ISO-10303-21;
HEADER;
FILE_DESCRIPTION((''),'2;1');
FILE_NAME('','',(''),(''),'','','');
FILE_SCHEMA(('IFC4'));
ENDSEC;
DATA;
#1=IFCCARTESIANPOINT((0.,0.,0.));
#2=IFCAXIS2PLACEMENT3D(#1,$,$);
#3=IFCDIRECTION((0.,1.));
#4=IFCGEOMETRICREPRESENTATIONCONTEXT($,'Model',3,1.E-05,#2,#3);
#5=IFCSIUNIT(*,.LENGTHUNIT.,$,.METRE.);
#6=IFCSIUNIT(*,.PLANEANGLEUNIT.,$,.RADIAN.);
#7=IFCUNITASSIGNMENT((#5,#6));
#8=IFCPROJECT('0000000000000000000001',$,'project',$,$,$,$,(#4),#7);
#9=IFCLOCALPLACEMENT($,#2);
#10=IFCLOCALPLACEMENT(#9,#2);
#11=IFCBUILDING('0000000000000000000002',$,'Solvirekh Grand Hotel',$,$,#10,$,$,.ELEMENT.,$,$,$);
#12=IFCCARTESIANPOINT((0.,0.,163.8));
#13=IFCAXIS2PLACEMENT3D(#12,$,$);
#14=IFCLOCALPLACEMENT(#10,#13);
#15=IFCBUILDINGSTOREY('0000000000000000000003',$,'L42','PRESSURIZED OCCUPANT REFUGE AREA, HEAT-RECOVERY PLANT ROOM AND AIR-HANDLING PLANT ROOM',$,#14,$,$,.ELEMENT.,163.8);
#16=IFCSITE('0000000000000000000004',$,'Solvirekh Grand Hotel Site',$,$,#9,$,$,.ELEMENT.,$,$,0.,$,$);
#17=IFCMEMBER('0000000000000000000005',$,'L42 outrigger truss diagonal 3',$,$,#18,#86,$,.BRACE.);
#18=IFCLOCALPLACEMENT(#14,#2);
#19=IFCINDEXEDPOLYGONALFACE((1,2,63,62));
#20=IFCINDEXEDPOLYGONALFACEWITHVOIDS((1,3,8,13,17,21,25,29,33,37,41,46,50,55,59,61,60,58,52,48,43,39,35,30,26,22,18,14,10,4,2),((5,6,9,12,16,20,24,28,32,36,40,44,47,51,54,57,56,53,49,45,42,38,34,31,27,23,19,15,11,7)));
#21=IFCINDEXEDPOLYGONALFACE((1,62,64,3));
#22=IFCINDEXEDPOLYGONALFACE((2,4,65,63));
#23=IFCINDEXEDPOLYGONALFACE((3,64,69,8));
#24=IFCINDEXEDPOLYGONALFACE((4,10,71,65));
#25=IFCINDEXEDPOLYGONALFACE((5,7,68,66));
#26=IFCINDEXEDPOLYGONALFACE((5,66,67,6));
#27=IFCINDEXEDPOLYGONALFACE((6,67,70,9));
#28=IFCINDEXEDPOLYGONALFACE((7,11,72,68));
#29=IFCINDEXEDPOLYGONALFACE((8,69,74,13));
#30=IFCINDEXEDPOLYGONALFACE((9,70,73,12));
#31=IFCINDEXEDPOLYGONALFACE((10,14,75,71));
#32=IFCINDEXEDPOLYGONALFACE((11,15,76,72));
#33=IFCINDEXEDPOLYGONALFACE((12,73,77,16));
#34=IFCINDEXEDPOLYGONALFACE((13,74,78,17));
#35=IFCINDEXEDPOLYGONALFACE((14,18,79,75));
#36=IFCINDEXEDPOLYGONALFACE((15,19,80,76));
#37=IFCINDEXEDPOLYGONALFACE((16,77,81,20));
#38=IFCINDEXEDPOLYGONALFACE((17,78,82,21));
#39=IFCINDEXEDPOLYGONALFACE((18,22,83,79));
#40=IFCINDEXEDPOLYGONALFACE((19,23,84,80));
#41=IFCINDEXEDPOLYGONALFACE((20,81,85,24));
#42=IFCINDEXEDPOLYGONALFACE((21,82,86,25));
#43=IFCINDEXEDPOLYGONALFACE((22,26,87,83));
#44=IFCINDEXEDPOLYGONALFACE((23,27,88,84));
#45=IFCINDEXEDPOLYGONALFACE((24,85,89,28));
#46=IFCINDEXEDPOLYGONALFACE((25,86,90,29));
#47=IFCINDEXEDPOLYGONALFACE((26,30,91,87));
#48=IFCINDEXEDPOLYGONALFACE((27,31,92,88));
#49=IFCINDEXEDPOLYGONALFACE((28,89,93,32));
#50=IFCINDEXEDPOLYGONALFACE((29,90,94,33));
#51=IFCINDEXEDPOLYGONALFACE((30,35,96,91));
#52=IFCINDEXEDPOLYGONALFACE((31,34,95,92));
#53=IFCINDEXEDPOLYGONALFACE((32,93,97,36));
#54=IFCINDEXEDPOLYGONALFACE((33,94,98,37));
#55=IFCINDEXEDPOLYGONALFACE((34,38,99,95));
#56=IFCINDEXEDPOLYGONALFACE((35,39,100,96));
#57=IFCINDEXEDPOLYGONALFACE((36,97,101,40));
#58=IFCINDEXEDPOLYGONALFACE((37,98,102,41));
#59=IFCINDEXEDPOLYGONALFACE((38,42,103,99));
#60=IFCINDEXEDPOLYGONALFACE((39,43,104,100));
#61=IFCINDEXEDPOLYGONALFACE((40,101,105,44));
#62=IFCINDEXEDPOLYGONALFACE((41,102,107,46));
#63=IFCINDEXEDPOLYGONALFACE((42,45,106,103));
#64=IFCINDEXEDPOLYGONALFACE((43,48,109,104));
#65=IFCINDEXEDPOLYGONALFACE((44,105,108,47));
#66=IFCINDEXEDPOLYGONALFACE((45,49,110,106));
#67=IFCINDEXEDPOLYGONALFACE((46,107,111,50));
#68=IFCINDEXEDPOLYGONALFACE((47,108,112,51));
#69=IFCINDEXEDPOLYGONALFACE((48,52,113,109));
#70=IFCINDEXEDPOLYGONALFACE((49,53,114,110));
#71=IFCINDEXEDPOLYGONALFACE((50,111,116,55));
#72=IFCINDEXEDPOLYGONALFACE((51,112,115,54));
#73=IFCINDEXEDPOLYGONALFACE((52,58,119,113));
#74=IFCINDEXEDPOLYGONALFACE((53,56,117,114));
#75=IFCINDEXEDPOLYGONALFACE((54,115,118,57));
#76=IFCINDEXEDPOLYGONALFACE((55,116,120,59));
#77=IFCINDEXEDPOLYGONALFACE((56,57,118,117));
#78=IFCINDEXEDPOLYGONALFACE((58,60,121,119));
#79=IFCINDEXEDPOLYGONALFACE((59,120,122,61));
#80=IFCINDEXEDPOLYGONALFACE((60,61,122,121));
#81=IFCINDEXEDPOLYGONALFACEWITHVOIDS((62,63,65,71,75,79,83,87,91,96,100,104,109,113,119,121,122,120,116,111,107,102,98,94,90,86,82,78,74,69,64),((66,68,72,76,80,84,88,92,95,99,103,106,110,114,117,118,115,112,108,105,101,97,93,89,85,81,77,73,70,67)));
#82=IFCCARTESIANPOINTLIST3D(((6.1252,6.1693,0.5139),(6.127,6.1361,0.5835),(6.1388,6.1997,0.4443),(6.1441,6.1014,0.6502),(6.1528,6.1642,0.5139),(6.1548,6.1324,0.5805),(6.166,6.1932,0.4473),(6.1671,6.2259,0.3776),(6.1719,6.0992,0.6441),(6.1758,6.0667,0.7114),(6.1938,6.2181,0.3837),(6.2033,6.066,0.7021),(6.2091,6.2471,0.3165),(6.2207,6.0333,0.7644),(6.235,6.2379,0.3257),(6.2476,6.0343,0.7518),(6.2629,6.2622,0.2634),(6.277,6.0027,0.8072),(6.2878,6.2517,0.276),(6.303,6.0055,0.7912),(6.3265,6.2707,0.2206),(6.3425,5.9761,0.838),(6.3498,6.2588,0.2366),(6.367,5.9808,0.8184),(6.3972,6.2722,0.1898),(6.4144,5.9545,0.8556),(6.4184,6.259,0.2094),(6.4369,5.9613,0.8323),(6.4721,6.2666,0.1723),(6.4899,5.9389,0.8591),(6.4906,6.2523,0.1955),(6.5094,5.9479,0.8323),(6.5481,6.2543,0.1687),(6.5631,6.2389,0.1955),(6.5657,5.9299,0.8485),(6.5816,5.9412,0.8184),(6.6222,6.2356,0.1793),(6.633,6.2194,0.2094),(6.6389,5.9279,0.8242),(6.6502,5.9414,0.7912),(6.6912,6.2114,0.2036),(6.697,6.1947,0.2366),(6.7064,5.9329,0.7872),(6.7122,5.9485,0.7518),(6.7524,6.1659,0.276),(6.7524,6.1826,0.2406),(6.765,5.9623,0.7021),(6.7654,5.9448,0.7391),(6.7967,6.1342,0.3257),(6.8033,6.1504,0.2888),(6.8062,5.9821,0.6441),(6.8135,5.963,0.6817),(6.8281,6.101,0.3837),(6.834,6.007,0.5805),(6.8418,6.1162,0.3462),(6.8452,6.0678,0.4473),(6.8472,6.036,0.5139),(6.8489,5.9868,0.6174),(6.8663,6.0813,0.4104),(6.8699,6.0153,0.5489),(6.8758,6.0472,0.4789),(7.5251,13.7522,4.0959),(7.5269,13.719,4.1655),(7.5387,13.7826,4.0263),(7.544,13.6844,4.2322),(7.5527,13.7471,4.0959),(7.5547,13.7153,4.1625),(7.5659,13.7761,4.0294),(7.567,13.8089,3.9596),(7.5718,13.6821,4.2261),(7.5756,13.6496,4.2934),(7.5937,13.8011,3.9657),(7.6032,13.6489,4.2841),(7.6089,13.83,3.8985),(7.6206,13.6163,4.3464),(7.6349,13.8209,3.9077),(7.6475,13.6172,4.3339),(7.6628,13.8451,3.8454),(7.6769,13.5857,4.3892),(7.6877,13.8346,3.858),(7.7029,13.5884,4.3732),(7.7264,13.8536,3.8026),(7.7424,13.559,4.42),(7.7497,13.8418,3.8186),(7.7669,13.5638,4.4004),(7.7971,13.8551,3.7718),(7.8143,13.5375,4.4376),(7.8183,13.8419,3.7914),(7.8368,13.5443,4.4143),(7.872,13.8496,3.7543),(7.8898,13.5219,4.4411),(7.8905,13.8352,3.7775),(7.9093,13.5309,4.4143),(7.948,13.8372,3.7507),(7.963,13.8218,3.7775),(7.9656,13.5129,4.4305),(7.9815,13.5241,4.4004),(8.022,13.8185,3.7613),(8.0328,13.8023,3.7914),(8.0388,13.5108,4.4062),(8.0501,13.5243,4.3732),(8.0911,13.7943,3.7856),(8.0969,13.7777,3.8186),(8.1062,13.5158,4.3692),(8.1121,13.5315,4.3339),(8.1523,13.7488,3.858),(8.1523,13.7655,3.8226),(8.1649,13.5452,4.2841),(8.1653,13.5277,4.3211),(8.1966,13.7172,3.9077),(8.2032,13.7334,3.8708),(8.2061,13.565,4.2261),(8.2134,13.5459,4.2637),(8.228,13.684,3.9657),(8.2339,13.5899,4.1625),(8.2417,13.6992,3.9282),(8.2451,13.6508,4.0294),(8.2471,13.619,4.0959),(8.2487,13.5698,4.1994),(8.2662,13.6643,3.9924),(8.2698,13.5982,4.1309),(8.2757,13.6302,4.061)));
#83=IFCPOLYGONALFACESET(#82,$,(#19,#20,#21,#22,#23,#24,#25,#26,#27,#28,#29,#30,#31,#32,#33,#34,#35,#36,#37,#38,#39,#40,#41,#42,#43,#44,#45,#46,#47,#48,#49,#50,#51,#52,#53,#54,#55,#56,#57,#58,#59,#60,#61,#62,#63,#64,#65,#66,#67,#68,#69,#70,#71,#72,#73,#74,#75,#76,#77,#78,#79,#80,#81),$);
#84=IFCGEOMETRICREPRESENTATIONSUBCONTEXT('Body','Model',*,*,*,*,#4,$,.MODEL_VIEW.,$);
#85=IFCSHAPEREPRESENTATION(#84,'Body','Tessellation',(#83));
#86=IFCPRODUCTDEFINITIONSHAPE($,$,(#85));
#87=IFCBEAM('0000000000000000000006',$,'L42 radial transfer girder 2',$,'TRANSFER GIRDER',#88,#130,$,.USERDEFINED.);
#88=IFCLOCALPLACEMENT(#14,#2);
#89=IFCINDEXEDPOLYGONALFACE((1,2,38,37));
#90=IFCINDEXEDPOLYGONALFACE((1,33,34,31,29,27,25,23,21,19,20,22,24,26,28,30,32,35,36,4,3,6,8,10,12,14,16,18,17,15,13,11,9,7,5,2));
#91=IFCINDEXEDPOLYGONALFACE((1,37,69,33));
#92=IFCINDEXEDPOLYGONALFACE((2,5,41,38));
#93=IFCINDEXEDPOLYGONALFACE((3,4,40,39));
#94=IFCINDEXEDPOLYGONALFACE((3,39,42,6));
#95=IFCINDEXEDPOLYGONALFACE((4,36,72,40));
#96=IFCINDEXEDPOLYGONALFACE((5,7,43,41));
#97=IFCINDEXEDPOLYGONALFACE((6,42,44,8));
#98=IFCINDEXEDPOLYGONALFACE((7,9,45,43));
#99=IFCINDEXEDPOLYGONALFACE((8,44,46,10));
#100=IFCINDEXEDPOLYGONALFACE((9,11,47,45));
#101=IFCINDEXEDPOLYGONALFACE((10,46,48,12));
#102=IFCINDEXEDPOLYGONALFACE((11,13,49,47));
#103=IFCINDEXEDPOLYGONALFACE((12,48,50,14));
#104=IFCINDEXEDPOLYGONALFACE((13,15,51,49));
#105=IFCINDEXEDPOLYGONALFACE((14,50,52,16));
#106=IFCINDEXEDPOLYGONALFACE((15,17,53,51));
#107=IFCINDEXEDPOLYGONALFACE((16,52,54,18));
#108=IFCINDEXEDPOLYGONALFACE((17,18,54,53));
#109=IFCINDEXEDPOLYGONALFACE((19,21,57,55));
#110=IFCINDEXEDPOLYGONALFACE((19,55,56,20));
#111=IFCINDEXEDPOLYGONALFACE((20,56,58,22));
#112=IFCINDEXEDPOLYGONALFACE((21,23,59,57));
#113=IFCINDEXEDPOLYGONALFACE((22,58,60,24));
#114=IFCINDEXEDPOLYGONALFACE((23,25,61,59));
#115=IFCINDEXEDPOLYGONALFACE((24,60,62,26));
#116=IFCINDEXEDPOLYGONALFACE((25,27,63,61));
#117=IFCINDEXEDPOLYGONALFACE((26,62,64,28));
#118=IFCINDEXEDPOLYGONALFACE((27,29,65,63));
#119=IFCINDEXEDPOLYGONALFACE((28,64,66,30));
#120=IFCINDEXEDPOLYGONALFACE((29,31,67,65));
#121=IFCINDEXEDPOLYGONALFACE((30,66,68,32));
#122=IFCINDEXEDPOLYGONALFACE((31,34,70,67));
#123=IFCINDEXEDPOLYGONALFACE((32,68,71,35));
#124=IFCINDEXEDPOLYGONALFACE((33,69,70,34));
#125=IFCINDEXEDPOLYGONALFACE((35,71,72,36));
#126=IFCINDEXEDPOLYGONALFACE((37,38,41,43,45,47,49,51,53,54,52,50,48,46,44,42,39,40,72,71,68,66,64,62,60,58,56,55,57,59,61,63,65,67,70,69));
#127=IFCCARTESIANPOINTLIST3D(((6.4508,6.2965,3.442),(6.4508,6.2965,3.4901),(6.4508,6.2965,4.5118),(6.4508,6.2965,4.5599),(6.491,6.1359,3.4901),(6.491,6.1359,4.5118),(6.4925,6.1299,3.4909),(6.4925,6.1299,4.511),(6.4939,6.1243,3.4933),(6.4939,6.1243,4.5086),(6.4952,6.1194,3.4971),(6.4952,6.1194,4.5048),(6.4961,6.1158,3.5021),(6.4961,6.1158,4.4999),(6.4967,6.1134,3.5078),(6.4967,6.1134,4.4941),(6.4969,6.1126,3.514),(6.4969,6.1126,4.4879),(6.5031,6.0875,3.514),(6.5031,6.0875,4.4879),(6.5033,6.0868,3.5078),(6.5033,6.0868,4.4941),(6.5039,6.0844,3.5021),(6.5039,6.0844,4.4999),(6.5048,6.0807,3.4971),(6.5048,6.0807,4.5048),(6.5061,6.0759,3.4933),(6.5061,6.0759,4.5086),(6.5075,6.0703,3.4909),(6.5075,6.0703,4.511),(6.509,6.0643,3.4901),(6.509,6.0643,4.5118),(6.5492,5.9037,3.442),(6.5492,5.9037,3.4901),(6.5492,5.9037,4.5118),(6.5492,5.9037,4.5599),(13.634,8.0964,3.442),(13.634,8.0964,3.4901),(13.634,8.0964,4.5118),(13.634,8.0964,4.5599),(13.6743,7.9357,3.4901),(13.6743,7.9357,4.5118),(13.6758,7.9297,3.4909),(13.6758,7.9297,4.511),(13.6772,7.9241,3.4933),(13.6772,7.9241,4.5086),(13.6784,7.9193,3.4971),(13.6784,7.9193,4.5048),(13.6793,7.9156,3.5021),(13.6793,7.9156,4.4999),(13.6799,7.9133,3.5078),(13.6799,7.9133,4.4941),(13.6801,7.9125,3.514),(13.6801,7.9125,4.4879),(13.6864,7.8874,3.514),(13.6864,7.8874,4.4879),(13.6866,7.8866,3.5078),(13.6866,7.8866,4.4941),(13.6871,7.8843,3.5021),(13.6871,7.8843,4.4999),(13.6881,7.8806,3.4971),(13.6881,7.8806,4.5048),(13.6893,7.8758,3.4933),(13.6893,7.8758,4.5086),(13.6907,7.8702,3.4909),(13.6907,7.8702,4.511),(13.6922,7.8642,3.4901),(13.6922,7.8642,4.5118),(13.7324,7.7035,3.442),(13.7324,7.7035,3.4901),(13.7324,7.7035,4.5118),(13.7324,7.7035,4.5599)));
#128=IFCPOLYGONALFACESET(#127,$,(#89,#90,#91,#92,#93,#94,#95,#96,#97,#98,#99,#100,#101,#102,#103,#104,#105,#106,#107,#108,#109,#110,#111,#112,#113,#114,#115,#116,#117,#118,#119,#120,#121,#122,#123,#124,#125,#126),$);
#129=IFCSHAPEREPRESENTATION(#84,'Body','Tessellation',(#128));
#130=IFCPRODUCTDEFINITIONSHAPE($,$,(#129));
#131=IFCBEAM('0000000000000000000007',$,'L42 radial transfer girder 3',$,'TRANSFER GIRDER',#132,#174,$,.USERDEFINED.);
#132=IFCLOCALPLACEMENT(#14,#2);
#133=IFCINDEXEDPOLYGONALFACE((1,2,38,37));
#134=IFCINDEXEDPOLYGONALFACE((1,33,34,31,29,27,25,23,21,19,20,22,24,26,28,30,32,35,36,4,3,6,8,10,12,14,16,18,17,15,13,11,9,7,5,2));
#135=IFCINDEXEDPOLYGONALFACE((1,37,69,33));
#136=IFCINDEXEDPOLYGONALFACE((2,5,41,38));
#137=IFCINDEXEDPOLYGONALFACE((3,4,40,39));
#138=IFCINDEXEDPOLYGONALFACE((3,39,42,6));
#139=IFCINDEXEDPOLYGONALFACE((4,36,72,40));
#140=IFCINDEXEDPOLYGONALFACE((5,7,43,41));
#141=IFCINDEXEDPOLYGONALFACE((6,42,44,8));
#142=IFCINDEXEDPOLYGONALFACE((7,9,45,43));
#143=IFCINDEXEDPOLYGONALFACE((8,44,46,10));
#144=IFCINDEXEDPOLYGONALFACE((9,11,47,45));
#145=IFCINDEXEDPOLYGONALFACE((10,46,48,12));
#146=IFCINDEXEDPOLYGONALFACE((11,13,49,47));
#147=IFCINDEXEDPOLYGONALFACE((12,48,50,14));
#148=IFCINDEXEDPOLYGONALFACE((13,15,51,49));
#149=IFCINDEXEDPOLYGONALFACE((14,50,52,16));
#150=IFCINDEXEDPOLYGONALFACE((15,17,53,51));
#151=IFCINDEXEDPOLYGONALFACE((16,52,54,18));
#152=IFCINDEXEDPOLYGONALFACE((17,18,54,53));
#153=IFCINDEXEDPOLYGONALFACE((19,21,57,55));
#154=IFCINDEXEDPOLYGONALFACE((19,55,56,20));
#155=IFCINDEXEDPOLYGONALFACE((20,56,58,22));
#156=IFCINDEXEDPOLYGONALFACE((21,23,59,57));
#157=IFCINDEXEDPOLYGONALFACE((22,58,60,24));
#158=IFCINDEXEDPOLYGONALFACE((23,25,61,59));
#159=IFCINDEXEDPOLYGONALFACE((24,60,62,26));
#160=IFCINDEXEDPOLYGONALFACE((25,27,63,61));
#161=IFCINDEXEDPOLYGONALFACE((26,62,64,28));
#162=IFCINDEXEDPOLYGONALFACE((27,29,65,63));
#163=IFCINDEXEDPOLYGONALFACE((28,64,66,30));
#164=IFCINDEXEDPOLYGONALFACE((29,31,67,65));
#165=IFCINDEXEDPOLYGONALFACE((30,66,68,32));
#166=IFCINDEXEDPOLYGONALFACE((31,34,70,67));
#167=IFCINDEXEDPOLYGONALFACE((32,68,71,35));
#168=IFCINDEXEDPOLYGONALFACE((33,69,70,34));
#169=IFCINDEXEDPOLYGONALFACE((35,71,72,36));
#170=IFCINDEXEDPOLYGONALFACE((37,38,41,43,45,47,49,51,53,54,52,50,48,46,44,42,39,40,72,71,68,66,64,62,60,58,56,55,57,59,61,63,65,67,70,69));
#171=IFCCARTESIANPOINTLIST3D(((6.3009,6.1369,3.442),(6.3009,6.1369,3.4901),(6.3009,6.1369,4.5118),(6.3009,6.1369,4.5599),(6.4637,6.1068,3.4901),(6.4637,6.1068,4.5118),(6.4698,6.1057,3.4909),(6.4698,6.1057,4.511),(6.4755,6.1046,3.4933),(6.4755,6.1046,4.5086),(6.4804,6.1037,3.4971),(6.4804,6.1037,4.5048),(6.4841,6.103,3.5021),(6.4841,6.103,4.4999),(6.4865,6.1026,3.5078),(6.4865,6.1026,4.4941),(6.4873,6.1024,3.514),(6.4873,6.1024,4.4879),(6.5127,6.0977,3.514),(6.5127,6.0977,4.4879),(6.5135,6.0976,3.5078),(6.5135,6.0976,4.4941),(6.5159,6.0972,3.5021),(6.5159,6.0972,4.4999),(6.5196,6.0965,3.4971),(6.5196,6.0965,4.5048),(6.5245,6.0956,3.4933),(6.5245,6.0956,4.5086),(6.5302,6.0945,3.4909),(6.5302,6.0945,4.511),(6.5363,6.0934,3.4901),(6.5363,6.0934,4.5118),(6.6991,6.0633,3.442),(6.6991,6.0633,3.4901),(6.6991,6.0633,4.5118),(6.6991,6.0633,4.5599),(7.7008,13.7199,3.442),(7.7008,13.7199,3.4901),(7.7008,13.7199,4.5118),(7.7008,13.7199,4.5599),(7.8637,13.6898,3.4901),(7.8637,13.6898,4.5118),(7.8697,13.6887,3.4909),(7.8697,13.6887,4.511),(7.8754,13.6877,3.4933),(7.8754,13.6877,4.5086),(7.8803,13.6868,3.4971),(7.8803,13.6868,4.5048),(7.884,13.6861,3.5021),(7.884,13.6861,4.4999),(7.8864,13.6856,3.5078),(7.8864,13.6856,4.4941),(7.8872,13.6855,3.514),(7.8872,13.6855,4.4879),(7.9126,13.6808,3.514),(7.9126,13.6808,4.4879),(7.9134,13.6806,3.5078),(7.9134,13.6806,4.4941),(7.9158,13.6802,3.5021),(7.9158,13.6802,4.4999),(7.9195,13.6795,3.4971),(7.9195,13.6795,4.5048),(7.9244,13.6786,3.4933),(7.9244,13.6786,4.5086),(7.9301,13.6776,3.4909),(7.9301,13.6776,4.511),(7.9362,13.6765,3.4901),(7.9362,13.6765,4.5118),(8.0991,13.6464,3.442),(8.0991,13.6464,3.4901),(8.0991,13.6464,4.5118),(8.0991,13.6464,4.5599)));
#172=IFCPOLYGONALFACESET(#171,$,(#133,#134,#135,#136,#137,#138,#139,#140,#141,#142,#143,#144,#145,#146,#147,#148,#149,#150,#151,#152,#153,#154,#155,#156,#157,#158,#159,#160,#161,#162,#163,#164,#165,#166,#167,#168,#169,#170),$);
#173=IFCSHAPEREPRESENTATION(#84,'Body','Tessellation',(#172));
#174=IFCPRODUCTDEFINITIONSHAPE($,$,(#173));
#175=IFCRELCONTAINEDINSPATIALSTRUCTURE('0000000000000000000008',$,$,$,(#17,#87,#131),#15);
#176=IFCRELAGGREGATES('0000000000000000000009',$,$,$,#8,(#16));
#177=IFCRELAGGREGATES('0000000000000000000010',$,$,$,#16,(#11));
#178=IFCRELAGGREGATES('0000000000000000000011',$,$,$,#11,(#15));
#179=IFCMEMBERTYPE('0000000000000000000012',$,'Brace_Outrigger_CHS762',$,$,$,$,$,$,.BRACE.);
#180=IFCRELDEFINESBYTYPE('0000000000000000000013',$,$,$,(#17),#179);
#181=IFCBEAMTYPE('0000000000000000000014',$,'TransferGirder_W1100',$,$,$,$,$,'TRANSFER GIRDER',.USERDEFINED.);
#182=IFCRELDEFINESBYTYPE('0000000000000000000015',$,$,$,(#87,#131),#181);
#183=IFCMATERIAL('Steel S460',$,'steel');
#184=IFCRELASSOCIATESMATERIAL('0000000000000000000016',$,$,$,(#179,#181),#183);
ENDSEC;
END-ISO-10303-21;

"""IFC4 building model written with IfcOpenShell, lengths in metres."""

from ifc_helpers import new_model, si_unit, direction, frame, origin, origin_2d, place, context, subcontext, project, spatial, hollow_circle, i_section, extrude, material, material_profile, profile_set, type_object, element, save


model = new_model("IFC4")

# Units and contexts
model_context = context("Model", 3, precision=1e-05, world=origin(), true_north=direction((0.0, 1.0)))
body_context = subcontext(model_context, "Body", "Model", "MODEL_VIEW")
ifc_project = project(units=[si_unit("LENGTHUNIT", "METRE"), si_unit("PLANEANGLEUNIT", "RADIAN")], contexts=[model_context])

# Site, building, storey
site_placement = place(None, origin())
site = spatial("IfcSite", under=ifc_project, at=site_placement, Name="Solvirekh Grand Hotel Site", CompositionType="ELEMENT", RefElevation=0.0)
building_placement = place(site_placement, origin())
building = spatial("IfcBuilding", under=site, at=building_placement, Name="Solvirekh Grand Hotel", CompositionType="ELEMENT")
storey_placement = place(building_placement, frame((0.0, 0.0, 163.8)))
storey = spatial("IfcBuildingStorey", under=building, at=storey_placement, Name="L42", Description="PRESSURIZED OCCUPANT REFUGE AREA, HEAT-RECOVERY PLANT ROOM AND AIR-HANDLING PLANT ROOM", CompositionType="ELEMENT", Elevation=163.8)

# Shared definitions
ifc_material_1 = material(Name="Steel S460", Category="steel")

# Member
ifc_material_profile_1 = material_profile(ifc_material_1, hollow_circle(Radius=0.3811, WallThickness=0.0281, at=origin_2d()), Name="CHS 762X28")
ifc_profile_set_1 = profile_set([ifc_material_profile_1], Name="Steel S460")
member_type = type_object("IfcMemberType", Name="Brace_Outrigger_CHS762", PredefinedType="BRACE", material=ifc_profile_set_1)
member_placement = place(storey_placement, frame((6.5, 6.1001, 0.5139), z_axis=(0.164646, 0.891855, 0.421291), x_axis=(-0.983383, 0.181543, 0.0)))
element("IfcMember", 1, at=member_placement, inside=storey, type_object=member_type, Name="L42 outrigger truss diagonal 3", PredefinedType="BRACE", context=body_context, shape_type="SweptSolid", body=[
    extrude(hollow_circle(Radius=0.3811, WallThickness=0.0281, at=origin_2d()), origin(), (0.0, 0.0, 1.0), 8.5024),
])

# Beams
ifc_material_profile_2 = material_profile(ifc_material_1, i_section(OverallWidth=0.405, OverallDepth=1.1179, WebThickness=0.0259, FlangeThickness=0.0481, FilletRadius=0.0239, at=origin_2d()), Name="W1100X499")
ifc_profile_set_2 = profile_set([ifc_material_profile_2], Name="Steel S460")
beam_type_1 = type_object("IfcBeamType", Name="TransferGirder_W1100", ElementType="TRANSFER GIRDER", PredefinedType="USERDEFINED", material=ifc_profile_set_2)
beam_1_placement = place(storey_placement, frame((6.5, 6.1001, 4.001), z_axis=(0.970014, 0.243048, 0.0), x_axis=(-0.243048, 0.970014, 0.0)))
element("IfcBeam", 2, at=beam_1_placement, inside=storey, type_object=beam_type_1, Name="L42 radial transfer girder 2", ObjectType="TRANSFER GIRDER", PredefinedType="USERDEFINED", context=body_context, shape_type="SweptSolid", body=[
    extrude(i_section(OverallWidth=0.405, OverallDepth=1.1179, WebThickness=0.0259, FlangeThickness=0.0481, FilletRadius=0.0239, at=origin_2d()), origin(), (0.0, 0.0, 1.0), 7.4053),
])
beam_2_placement = place(storey_placement, frame((6.5, 6.1001, 4.001), z_axis=(0.181543, 0.983383, 0.0), x_axis=(-0.983383, 0.181543, 0.0)))
element("IfcBeam", 3, at=beam_2_placement, inside=storey, type_object=beam_type_1, Name="L42 radial transfer girder 3", ObjectType="TRANSFER GIRDER", PredefinedType="USERDEFINED", context=body_context, shape_type="SweptSolid", body=[
    extrude(i_section(OverallWidth=0.405, OverallDepth=1.1179, WebThickness=0.0259, FlangeThickness=0.0481, FilletRadius=0.0239, at=origin_2d()), origin(), (0.0, 0.0, 1.0), 7.7112),
])

save(model, "model.ifc")
